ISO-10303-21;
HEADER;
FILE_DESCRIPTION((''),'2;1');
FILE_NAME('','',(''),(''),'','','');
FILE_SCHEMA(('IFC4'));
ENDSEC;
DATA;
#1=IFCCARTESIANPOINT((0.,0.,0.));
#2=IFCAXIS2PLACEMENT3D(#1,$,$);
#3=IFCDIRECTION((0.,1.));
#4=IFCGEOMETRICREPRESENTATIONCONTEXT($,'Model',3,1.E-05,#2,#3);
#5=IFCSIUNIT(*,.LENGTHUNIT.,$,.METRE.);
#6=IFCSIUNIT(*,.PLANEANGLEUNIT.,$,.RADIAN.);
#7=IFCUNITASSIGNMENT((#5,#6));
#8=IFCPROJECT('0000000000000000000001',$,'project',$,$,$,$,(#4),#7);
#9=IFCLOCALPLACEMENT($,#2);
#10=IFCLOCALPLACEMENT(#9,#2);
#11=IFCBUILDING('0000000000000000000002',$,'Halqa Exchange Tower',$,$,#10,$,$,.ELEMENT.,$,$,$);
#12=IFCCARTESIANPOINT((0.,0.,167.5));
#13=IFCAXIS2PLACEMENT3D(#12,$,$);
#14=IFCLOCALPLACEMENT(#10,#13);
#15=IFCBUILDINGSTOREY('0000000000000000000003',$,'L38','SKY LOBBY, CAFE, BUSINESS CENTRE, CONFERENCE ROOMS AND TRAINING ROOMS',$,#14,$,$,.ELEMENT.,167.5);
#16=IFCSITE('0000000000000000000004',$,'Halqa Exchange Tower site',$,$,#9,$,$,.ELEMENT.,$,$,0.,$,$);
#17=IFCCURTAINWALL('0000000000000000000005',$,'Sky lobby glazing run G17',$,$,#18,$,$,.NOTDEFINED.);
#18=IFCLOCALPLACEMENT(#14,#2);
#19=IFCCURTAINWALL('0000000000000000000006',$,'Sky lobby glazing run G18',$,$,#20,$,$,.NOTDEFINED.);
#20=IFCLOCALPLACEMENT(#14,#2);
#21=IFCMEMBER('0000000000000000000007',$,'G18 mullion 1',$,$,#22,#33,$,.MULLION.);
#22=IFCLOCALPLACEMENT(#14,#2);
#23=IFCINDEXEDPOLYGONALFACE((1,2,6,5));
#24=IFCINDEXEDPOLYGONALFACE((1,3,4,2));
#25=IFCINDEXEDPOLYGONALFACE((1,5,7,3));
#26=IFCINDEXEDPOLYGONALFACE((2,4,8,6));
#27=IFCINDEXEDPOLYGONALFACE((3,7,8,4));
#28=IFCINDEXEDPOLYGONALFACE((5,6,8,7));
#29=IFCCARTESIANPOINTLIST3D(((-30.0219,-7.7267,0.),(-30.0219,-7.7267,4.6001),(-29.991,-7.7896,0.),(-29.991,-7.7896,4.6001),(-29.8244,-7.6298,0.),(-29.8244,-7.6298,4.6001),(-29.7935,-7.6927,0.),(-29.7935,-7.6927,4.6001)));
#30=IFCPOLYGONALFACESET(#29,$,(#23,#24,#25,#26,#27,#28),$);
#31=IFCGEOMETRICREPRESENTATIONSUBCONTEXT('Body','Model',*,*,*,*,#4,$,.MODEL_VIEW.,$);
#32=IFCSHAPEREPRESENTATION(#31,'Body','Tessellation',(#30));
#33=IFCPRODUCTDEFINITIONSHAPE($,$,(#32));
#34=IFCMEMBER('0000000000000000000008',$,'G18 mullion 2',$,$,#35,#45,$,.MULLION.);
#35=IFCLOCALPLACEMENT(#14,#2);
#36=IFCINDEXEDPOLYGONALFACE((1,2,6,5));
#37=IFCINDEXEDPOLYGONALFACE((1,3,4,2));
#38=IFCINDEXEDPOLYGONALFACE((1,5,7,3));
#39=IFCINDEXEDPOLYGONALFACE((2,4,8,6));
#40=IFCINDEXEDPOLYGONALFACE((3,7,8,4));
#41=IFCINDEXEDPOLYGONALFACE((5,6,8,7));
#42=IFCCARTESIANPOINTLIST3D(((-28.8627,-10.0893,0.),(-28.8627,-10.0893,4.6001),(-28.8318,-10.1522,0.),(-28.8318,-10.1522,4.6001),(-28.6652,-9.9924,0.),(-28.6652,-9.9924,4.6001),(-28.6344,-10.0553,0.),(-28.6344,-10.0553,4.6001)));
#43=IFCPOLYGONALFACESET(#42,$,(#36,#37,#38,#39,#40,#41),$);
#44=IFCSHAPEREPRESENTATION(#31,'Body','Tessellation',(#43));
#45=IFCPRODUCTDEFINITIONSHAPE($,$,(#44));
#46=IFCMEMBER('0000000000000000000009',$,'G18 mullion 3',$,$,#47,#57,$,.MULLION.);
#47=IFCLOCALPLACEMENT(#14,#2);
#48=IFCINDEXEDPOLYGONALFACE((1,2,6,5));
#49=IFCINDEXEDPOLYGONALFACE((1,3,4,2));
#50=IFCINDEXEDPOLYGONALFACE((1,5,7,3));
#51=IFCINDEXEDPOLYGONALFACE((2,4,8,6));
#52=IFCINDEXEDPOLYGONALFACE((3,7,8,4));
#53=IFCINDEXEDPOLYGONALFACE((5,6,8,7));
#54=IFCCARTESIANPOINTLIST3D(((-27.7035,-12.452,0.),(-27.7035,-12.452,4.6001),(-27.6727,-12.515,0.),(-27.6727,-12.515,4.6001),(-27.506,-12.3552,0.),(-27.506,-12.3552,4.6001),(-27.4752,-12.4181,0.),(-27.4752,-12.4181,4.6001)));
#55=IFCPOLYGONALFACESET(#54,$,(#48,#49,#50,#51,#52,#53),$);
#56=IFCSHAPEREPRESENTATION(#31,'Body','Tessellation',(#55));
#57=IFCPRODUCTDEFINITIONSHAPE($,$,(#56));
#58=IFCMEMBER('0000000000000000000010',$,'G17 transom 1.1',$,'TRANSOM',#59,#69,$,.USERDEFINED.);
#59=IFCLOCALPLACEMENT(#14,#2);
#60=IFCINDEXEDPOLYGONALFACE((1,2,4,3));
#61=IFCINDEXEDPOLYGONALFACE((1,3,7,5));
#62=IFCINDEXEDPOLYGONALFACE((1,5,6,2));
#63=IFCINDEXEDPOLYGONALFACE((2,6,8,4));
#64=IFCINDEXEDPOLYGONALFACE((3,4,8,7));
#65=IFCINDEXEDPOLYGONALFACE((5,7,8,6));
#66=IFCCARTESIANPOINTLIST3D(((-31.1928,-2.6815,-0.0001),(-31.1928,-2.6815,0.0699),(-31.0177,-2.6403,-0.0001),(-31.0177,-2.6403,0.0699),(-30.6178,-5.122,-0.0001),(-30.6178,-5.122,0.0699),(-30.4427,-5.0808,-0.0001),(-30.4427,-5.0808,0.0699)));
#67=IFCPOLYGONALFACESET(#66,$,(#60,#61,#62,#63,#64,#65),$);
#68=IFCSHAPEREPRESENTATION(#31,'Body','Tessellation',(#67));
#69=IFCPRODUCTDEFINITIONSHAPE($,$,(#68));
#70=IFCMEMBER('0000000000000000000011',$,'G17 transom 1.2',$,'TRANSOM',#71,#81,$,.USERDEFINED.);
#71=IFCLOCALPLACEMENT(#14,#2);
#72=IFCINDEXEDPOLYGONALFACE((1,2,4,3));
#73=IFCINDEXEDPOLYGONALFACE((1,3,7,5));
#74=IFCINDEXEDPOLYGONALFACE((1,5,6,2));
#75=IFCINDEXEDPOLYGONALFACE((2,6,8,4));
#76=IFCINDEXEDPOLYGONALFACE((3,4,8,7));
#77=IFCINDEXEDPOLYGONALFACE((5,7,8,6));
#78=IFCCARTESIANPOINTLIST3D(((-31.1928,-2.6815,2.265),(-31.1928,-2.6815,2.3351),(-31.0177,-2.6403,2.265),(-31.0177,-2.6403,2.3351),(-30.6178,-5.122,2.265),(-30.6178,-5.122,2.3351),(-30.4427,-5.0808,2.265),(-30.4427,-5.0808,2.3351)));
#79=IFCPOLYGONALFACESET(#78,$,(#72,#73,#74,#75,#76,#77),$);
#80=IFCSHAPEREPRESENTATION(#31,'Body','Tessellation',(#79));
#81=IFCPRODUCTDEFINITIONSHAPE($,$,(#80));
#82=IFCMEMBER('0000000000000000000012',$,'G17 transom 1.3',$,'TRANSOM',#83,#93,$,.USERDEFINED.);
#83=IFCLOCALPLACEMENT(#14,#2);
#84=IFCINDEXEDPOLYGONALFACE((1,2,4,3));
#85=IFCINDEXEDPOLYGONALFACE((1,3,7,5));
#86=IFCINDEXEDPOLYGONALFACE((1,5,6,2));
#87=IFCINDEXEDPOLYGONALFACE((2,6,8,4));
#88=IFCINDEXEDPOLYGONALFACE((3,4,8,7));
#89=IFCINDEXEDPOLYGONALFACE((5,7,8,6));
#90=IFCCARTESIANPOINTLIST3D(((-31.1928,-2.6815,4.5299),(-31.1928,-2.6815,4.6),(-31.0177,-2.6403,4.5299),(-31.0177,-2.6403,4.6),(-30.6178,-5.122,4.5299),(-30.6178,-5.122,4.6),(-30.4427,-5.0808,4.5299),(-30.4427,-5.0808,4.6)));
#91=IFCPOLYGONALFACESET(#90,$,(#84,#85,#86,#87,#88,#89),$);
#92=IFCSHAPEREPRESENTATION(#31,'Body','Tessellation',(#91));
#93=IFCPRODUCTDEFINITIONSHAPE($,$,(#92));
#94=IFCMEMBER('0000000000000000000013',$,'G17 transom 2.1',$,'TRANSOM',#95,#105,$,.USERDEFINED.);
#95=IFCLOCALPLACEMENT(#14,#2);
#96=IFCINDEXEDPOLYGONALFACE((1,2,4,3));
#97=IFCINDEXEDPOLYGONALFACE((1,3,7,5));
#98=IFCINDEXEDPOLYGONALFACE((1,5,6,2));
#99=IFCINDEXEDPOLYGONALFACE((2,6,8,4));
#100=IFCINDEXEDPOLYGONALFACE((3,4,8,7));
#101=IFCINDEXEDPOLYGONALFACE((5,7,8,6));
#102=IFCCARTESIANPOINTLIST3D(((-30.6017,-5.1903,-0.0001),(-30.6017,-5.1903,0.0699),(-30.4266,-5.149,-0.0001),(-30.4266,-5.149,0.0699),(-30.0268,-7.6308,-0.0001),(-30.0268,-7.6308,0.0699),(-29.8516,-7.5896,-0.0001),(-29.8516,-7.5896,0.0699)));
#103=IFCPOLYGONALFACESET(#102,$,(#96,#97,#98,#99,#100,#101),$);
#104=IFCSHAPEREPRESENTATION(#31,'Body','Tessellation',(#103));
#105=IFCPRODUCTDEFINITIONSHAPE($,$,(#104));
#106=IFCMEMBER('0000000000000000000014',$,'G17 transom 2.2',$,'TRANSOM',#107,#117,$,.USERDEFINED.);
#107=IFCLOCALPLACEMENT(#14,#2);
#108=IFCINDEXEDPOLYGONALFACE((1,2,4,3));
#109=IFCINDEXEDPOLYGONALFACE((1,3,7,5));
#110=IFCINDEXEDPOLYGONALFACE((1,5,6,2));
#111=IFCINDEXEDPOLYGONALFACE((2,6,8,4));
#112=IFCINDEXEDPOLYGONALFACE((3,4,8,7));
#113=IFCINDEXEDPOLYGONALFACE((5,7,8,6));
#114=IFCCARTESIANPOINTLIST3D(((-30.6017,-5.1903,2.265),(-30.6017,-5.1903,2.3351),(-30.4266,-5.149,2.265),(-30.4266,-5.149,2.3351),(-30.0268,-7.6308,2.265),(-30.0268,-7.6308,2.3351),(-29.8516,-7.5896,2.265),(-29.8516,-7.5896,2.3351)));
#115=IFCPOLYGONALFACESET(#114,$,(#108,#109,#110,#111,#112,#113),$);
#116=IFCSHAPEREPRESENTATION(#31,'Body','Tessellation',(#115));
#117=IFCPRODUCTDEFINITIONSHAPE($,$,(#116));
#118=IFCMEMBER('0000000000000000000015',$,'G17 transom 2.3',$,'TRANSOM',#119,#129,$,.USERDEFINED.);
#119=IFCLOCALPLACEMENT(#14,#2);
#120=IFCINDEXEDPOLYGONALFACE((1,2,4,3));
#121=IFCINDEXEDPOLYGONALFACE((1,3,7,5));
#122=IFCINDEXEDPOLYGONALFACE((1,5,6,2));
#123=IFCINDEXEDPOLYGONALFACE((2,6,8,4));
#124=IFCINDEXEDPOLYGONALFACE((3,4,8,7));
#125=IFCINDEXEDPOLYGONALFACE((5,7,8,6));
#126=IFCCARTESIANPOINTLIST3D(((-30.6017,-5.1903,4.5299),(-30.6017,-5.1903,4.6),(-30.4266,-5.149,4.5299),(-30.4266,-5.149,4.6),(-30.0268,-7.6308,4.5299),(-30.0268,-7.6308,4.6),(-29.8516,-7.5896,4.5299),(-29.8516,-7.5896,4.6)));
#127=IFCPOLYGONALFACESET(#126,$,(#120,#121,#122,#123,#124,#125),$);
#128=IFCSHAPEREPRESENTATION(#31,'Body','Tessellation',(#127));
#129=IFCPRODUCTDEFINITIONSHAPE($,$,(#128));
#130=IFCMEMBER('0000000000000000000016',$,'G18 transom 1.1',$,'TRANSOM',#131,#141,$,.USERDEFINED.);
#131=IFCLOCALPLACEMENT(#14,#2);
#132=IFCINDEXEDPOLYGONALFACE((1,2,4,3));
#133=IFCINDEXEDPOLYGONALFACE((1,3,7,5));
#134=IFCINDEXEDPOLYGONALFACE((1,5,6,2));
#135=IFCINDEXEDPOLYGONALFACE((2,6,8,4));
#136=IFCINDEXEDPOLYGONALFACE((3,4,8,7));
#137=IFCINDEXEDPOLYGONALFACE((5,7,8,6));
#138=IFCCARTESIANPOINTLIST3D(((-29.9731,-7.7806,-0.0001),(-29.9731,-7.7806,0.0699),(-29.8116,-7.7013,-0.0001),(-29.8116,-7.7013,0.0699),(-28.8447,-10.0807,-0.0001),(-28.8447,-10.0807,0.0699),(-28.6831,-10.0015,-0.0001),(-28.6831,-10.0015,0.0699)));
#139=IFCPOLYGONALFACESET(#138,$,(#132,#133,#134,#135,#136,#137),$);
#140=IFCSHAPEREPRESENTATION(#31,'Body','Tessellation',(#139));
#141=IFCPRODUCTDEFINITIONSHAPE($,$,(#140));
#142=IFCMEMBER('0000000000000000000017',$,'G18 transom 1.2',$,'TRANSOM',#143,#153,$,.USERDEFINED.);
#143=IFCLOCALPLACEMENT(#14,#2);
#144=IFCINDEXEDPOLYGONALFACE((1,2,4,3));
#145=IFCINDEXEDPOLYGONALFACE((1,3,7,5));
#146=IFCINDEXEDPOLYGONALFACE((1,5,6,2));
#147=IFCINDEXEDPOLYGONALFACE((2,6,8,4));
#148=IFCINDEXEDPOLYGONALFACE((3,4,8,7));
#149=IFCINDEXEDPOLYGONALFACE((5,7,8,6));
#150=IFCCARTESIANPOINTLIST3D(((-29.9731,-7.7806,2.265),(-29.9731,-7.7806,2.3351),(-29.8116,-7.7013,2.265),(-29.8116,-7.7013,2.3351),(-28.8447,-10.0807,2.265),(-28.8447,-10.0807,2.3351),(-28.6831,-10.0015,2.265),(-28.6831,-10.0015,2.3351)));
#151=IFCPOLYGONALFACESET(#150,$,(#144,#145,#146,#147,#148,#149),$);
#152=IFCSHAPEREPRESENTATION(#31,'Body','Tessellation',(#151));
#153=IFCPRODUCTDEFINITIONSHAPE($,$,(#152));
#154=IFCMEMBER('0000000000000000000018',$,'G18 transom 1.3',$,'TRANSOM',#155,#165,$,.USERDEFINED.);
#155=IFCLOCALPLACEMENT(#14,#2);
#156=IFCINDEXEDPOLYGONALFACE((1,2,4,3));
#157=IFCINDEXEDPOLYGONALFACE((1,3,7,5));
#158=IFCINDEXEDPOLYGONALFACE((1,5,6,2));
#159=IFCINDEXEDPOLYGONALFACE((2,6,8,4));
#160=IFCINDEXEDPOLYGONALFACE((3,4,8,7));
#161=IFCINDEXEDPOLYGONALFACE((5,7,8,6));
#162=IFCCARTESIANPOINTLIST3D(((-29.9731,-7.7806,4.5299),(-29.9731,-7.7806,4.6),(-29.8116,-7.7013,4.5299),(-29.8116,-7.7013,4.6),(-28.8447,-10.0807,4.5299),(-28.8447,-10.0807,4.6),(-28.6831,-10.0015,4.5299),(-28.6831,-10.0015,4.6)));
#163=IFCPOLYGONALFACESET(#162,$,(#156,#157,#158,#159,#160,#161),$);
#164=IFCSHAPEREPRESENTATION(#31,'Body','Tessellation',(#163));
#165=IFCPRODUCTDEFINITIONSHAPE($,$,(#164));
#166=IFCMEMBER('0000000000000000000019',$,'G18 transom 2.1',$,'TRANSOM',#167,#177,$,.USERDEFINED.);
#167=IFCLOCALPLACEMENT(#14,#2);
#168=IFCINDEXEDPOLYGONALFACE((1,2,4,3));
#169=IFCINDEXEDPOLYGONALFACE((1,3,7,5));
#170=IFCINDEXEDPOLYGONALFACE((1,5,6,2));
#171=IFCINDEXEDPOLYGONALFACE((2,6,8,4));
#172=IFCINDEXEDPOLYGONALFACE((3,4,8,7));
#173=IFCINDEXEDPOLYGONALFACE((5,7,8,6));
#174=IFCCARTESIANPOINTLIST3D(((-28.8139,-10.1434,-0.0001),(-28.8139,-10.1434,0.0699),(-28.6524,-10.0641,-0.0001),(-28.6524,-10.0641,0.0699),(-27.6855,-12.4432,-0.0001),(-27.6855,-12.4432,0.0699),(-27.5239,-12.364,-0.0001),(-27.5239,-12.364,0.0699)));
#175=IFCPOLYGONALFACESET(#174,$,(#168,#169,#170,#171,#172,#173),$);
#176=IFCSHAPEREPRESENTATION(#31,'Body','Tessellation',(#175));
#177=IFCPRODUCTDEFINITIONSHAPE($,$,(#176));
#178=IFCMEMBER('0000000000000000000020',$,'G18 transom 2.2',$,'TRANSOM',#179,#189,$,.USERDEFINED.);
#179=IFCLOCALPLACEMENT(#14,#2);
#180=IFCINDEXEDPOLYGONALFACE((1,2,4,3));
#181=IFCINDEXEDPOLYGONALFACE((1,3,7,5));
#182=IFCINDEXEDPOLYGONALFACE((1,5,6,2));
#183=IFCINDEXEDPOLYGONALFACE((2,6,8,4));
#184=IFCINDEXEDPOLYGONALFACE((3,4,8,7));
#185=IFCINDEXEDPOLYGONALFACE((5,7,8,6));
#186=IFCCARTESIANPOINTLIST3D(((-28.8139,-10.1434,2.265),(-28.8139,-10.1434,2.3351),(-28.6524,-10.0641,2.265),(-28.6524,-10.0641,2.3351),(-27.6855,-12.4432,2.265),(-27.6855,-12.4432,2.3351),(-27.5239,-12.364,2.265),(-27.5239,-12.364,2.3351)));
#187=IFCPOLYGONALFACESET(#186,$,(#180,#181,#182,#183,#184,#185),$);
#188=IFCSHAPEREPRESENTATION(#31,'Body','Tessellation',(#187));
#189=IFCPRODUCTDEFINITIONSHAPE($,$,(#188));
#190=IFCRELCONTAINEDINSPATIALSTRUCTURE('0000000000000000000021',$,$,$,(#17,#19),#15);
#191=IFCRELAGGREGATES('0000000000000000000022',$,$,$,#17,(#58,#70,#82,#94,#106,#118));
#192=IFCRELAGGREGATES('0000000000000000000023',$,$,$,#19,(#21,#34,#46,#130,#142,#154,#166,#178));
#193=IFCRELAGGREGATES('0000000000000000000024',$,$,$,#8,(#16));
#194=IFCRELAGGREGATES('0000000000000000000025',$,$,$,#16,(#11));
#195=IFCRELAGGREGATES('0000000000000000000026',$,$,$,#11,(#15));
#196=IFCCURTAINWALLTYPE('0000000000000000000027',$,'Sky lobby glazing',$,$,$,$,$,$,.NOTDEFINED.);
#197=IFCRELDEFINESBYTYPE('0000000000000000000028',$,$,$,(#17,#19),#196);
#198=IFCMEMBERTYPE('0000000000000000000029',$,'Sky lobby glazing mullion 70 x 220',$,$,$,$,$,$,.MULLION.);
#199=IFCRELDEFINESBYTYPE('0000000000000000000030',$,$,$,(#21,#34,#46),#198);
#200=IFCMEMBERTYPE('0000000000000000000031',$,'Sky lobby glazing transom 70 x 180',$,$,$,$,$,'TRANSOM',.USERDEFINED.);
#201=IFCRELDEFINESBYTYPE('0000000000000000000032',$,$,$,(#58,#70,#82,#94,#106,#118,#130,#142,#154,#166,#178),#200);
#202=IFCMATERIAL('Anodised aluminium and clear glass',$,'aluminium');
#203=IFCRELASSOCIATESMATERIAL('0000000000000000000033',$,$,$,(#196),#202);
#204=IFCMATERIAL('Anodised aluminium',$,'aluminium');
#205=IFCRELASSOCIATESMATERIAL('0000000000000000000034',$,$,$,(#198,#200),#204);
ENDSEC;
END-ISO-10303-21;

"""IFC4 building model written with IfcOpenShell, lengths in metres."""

from ifc_helpers import new_model, si_unit, direction, frame, origin, origin_2d, place, context, subcontext, project, spatial, rectangle, extrude, material, material_profile, profile_set, type_object, element, aggregate, save


model = new_model("IFC4")

# Units and contexts
model_context = context("Model", 3, precision=1e-05, world=origin(), true_north=direction((0.0, 1.0)))
body_context = subcontext(model_context, "Body", "Model", "MODEL_VIEW")
ifc_project = project(units=[si_unit("LENGTHUNIT", "METRE"), si_unit("PLANEANGLEUNIT", "RADIAN")], contexts=[model_context])

# Site, building, storey
site_placement = place(None, origin())
site = spatial("IfcSite", under=ifc_project, at=site_placement, Name="Halqa Exchange Tower site", CompositionType="ELEMENT", RefElevation=0.0)
building_placement = place(site_placement, origin())
building = spatial("IfcBuilding", under=site, at=building_placement, Name="Halqa Exchange Tower", CompositionType="ELEMENT")
storey_placement = place(building_placement, frame((0.0, 0.0, 167.5)))
storey = spatial("IfcBuildingStorey", under=building, at=storey_placement, Name="L38", Description="SKY LOBBY, CAFE, BUSINESS CENTRE, CONFERENCE ROOMS AND TRAINING ROOMS", CompositionType="ELEMENT", Elevation=167.5)

# Curtain walls, members
ifc_material_1 = material(Name="Anodised aluminium and clear glass", Category="aluminium")
curtain_wall_type = type_object("IfcCurtainWallType", Name="Sky lobby glazing", PredefinedType="NOTDEFINED", material=ifc_material_1)
curtain_wall_1_placement = place(storey_placement, origin())
curtain_wall_1 = element("IfcCurtainWall", 1, at=curtain_wall_1_placement, inside=storey, type_object=curtain_wall_type, Name="Sky lobby glazing run G17", PredefinedType="NOTDEFINED")
ifc_material_2 = material(Name="Anodised aluminium", Category="aluminium")
ifc_material_profile_1 = material_profile(ifc_material_2, rectangle(XDim=0.22, YDim=0.0701, at=origin_2d()), Name="AL 70x220")
ifc_profile_set_1 = profile_set([ifc_material_profile_1], Name="Anodised aluminium")
member_type_1 = type_object("IfcMemberType", Name="Sky lobby glazing mullion 70 x 220", PredefinedType="MULLION", material=ifc_profile_set_1)
curtain_wall_2_placement = place(storey_placement, origin())
curtain_wall_2 = element("IfcCurtainWall", 2, at=curtain_wall_2_placement, inside=storey, type_object=curtain_wall_type, Name="Sky lobby glazing run G18", PredefinedType="NOTDEFINED")
member_1_placement = place(storey_placement, frame((-29.9077, -7.7097, 0.0), z_axis=(0.0, 0.0, 1.0), x_axis=(0.89778, 0.440444, 0.0)))
member_1 = element("IfcMember", 3, at=member_1_placement, type_object=member_type_1, Name="G18 mullion 1", PredefinedType="MULLION", context=body_context, shape_type="SweptSolid", body=[
    extrude(rectangle(XDim=0.22, YDim=0.0701, at=origin_2d()), origin(), (0.0, 0.0, 1.0), 4.6001),
])
member_2_placement = place(storey_placement, frame((-28.7485, -10.0723, 0.0), z_axis=(0.0, 0.0, 1.0), x_axis=(0.89778, 0.440444, 0.0)))
member_2 = element("IfcMember", 4, at=member_2_placement, type_object=member_type_1, Name="G18 mullion 2", PredefinedType="MULLION", context=body_context, shape_type="SweptSolid", body=[
    extrude(rectangle(XDim=0.22, YDim=0.0701, at=origin_2d()), origin(), (0.0, 0.0, 1.0), 4.6001),
])
member_3_placement = place(storey_placement, frame((-27.5894, -12.4351, 0.0), z_axis=(0.0, 0.0, 1.0), x_axis=(0.89778, 0.440444, 0.0)))
member_3 = element("IfcMember", 5, at=member_3_placement, type_object=member_type_1, Name="G18 mullion 3", PredefinedType="MULLION", context=body_context, shape_type="SweptSolid", body=[
    extrude(rectangle(XDim=0.22, YDim=0.0701, at=origin_2d()), origin(), (0.0, 0.0, 1.0), 4.6001),
])

# Members
ifc_material_profile_2 = material_profile(ifc_material_2, rectangle(XDim=0.1799, YDim=0.0701, at=origin_2d()), Name="AL 70x180")
ifc_profile_set_2 = profile_set([ifc_material_profile_2], Name="Anodised aluminium")
member_type_2 = type_object("IfcMemberType", Name="Sky lobby glazing transom 70 x 180", ElementType="TRANSOM", PredefinedType="USERDEFINED", material=ifc_profile_set_2)
member_4_placement = place(storey_placement, frame((-31.1052, -2.6609, 0.0349), z_axis=(0.229316, -0.973352, 0.0), x_axis=(0.973352, 0.229316, 0.0)))
member_4 = element("IfcMember", 6, at=member_4_placement, type_object=member_type_2, Name="G17 transom 1.1", ObjectType="TRANSOM", PredefinedType="USERDEFINED", context=body_context, shape_type="SweptSolid", body=[
    extrude(rectangle(XDim=0.1799, YDim=0.0701, at=origin_2d()), origin(), (0.0, 0.0, 1.0), 2.5073),
])
member_5_placement = place(storey_placement, frame((-31.1052, -2.6609, 2.3), z_axis=(0.229316, -0.973352, 0.0), x_axis=(0.973352, 0.229316, 0.0)))
member_5 = element("IfcMember", 7, at=member_5_placement, type_object=member_type_2, Name="G17 transom 1.2", ObjectType="TRANSOM", PredefinedType="USERDEFINED", context=body_context, shape_type="SweptSolid", body=[
    extrude(rectangle(XDim=0.1799, YDim=0.0701, at=origin_2d()), origin(), (0.0, 0.0, 1.0), 2.5073),
])
member_6_placement = place(storey_placement, frame((-31.1052, -2.6609, 4.5649), z_axis=(0.229316, -0.973352, 0.0), x_axis=(0.973352, 0.229316, 0.0)))
member_6 = element("IfcMember", 8, at=member_6_placement, type_object=member_type_2, Name="G17 transom 1.3", ObjectType="TRANSOM", PredefinedType="USERDEFINED", context=body_context, shape_type="SweptSolid", body=[
    extrude(rectangle(XDim=0.1799, YDim=0.0701, at=origin_2d()), origin(), (0.0, 0.0, 1.0), 2.5073),
])
member_7_placement = place(storey_placement, frame((-30.5142, -5.1697, 0.0349), z_axis=(0.229316, -0.973352, 0.0), x_axis=(0.973352, 0.229316, 0.0)))
member_7 = element("IfcMember", 9, at=member_7_placement, type_object=member_type_2, Name="G17 transom 2.1", ObjectType="TRANSOM", PredefinedType="USERDEFINED", context=body_context, shape_type="SweptSolid", body=[
    extrude(rectangle(XDim=0.1799, YDim=0.0701, at=origin_2d()), origin(), (0.0, 0.0, 1.0), 2.5073),
])
member_8_placement = place(storey_placement, frame((-30.5142, -5.1697, 2.3), z_axis=(0.229316, -0.973352, 0.0), x_axis=(0.973352, 0.229316, 0.0)))
member_8 = element("IfcMember", 10, at=member_8_placement, type_object=member_type_2, Name="G17 transom 2.2", ObjectType="TRANSOM", PredefinedType="USERDEFINED", context=body_context, shape_type="SweptSolid", body=[
    extrude(rectangle(XDim=0.1799, YDim=0.0701, at=origin_2d()), origin(), (0.0, 0.0, 1.0), 2.5073),
])
member_9_placement = place(storey_placement, frame((-30.5142, -5.1697, 4.5649), z_axis=(0.229316, -0.973352, 0.0), x_axis=(0.973352, 0.229316, 0.0)))
member_9 = element("IfcMember", 11, at=member_9_placement, type_object=member_type_2, Name="G17 transom 2.3", ObjectType="TRANSOM", PredefinedType="USERDEFINED", context=body_context, shape_type="SweptSolid", body=[
    extrude(rectangle(XDim=0.1799, YDim=0.0701, at=origin_2d()), origin(), (0.0, 0.0, 1.0), 2.5073),
])
member_10_placement = place(storey_placement, frame((-29.8923, -7.741, 0.0349), z_axis=(0.440454, -0.897775, 0.0), x_axis=(0.897775, 0.440454, 0.0)))
member_10 = element("IfcMember", 12, at=member_10_placement, type_object=member_type_2, Name="G18 transom 1.1", ObjectType="TRANSOM", PredefinedType="USERDEFINED", context=body_context, shape_type="SweptSolid", body=[
    extrude(rectangle(XDim=0.1799, YDim=0.0701, at=origin_2d()), origin(), (0.0, 0.0, 1.0), 2.562),
])
member_11_placement = place(storey_placement, frame((-29.8923, -7.741, 2.3), z_axis=(0.440454, -0.897775, 0.0), x_axis=(0.897775, 0.440454, 0.0)))
member_11 = element("IfcMember", 13, at=member_11_placement, type_object=member_type_2, Name="G18 transom 1.2", ObjectType="TRANSOM", PredefinedType="USERDEFINED", context=body_context, shape_type="SweptSolid", body=[
    extrude(rectangle(XDim=0.1799, YDim=0.0701, at=origin_2d()), origin(), (0.0, 0.0, 1.0), 2.562),
])
member_12_placement = place(storey_placement, frame((-29.8923, -7.741, 4.5649), z_axis=(0.440454, -0.897775, 0.0), x_axis=(0.897775, 0.440454, 0.0)))
member_12 = element("IfcMember", 14, at=member_12_placement, type_object=member_type_2, Name="G18 transom 1.3", ObjectType="TRANSOM", PredefinedType="USERDEFINED", context=body_context, shape_type="SweptSolid", body=[
    extrude(rectangle(XDim=0.1799, YDim=0.0701, at=origin_2d()), origin(), (0.0, 0.0, 1.0), 2.562),
])
member_13_placement = place(storey_placement, frame((-28.7332, -10.1038, 0.0349), z_axis=(0.440492, -0.897757, 0.0), x_axis=(0.897757, 0.440492, 0.0)))
member_13 = element("IfcMember", 15, at=member_13_placement, type_object=member_type_2, Name="G18 transom 2.1", ObjectType="TRANSOM", PredefinedType="USERDEFINED", context=body_context, shape_type="SweptSolid", body=[
    extrude(rectangle(XDim=0.1799, YDim=0.0701, at=origin_2d()), origin(), (0.0, 0.0, 1.0), 2.5618),
])
member_14_placement = place(storey_placement, frame((-28.7332, -10.1038, 2.3), z_axis=(0.440492, -0.897757, 0.0), x_axis=(0.897757, 0.440492, 0.0)))
member_14 = element("IfcMember", 16, at=member_14_placement, type_object=member_type_2, Name="G18 transom 2.2", ObjectType="TRANSOM", PredefinedType="USERDEFINED", context=body_context, shape_type="SweptSolid", body=[
    extrude(rectangle(XDim=0.1799, YDim=0.0701, at=origin_2d()), origin(), (0.0, 0.0, 1.0), 2.5618),
])

aggregate(curtain_wall_1, [member_4, member_5, member_6, member_7, member_8, member_9])
aggregate(curtain_wall_2, [member_1, member_2, member_3, member_10, member_11, member_12, member_13, member_14])

save(model, "model.ifc")
